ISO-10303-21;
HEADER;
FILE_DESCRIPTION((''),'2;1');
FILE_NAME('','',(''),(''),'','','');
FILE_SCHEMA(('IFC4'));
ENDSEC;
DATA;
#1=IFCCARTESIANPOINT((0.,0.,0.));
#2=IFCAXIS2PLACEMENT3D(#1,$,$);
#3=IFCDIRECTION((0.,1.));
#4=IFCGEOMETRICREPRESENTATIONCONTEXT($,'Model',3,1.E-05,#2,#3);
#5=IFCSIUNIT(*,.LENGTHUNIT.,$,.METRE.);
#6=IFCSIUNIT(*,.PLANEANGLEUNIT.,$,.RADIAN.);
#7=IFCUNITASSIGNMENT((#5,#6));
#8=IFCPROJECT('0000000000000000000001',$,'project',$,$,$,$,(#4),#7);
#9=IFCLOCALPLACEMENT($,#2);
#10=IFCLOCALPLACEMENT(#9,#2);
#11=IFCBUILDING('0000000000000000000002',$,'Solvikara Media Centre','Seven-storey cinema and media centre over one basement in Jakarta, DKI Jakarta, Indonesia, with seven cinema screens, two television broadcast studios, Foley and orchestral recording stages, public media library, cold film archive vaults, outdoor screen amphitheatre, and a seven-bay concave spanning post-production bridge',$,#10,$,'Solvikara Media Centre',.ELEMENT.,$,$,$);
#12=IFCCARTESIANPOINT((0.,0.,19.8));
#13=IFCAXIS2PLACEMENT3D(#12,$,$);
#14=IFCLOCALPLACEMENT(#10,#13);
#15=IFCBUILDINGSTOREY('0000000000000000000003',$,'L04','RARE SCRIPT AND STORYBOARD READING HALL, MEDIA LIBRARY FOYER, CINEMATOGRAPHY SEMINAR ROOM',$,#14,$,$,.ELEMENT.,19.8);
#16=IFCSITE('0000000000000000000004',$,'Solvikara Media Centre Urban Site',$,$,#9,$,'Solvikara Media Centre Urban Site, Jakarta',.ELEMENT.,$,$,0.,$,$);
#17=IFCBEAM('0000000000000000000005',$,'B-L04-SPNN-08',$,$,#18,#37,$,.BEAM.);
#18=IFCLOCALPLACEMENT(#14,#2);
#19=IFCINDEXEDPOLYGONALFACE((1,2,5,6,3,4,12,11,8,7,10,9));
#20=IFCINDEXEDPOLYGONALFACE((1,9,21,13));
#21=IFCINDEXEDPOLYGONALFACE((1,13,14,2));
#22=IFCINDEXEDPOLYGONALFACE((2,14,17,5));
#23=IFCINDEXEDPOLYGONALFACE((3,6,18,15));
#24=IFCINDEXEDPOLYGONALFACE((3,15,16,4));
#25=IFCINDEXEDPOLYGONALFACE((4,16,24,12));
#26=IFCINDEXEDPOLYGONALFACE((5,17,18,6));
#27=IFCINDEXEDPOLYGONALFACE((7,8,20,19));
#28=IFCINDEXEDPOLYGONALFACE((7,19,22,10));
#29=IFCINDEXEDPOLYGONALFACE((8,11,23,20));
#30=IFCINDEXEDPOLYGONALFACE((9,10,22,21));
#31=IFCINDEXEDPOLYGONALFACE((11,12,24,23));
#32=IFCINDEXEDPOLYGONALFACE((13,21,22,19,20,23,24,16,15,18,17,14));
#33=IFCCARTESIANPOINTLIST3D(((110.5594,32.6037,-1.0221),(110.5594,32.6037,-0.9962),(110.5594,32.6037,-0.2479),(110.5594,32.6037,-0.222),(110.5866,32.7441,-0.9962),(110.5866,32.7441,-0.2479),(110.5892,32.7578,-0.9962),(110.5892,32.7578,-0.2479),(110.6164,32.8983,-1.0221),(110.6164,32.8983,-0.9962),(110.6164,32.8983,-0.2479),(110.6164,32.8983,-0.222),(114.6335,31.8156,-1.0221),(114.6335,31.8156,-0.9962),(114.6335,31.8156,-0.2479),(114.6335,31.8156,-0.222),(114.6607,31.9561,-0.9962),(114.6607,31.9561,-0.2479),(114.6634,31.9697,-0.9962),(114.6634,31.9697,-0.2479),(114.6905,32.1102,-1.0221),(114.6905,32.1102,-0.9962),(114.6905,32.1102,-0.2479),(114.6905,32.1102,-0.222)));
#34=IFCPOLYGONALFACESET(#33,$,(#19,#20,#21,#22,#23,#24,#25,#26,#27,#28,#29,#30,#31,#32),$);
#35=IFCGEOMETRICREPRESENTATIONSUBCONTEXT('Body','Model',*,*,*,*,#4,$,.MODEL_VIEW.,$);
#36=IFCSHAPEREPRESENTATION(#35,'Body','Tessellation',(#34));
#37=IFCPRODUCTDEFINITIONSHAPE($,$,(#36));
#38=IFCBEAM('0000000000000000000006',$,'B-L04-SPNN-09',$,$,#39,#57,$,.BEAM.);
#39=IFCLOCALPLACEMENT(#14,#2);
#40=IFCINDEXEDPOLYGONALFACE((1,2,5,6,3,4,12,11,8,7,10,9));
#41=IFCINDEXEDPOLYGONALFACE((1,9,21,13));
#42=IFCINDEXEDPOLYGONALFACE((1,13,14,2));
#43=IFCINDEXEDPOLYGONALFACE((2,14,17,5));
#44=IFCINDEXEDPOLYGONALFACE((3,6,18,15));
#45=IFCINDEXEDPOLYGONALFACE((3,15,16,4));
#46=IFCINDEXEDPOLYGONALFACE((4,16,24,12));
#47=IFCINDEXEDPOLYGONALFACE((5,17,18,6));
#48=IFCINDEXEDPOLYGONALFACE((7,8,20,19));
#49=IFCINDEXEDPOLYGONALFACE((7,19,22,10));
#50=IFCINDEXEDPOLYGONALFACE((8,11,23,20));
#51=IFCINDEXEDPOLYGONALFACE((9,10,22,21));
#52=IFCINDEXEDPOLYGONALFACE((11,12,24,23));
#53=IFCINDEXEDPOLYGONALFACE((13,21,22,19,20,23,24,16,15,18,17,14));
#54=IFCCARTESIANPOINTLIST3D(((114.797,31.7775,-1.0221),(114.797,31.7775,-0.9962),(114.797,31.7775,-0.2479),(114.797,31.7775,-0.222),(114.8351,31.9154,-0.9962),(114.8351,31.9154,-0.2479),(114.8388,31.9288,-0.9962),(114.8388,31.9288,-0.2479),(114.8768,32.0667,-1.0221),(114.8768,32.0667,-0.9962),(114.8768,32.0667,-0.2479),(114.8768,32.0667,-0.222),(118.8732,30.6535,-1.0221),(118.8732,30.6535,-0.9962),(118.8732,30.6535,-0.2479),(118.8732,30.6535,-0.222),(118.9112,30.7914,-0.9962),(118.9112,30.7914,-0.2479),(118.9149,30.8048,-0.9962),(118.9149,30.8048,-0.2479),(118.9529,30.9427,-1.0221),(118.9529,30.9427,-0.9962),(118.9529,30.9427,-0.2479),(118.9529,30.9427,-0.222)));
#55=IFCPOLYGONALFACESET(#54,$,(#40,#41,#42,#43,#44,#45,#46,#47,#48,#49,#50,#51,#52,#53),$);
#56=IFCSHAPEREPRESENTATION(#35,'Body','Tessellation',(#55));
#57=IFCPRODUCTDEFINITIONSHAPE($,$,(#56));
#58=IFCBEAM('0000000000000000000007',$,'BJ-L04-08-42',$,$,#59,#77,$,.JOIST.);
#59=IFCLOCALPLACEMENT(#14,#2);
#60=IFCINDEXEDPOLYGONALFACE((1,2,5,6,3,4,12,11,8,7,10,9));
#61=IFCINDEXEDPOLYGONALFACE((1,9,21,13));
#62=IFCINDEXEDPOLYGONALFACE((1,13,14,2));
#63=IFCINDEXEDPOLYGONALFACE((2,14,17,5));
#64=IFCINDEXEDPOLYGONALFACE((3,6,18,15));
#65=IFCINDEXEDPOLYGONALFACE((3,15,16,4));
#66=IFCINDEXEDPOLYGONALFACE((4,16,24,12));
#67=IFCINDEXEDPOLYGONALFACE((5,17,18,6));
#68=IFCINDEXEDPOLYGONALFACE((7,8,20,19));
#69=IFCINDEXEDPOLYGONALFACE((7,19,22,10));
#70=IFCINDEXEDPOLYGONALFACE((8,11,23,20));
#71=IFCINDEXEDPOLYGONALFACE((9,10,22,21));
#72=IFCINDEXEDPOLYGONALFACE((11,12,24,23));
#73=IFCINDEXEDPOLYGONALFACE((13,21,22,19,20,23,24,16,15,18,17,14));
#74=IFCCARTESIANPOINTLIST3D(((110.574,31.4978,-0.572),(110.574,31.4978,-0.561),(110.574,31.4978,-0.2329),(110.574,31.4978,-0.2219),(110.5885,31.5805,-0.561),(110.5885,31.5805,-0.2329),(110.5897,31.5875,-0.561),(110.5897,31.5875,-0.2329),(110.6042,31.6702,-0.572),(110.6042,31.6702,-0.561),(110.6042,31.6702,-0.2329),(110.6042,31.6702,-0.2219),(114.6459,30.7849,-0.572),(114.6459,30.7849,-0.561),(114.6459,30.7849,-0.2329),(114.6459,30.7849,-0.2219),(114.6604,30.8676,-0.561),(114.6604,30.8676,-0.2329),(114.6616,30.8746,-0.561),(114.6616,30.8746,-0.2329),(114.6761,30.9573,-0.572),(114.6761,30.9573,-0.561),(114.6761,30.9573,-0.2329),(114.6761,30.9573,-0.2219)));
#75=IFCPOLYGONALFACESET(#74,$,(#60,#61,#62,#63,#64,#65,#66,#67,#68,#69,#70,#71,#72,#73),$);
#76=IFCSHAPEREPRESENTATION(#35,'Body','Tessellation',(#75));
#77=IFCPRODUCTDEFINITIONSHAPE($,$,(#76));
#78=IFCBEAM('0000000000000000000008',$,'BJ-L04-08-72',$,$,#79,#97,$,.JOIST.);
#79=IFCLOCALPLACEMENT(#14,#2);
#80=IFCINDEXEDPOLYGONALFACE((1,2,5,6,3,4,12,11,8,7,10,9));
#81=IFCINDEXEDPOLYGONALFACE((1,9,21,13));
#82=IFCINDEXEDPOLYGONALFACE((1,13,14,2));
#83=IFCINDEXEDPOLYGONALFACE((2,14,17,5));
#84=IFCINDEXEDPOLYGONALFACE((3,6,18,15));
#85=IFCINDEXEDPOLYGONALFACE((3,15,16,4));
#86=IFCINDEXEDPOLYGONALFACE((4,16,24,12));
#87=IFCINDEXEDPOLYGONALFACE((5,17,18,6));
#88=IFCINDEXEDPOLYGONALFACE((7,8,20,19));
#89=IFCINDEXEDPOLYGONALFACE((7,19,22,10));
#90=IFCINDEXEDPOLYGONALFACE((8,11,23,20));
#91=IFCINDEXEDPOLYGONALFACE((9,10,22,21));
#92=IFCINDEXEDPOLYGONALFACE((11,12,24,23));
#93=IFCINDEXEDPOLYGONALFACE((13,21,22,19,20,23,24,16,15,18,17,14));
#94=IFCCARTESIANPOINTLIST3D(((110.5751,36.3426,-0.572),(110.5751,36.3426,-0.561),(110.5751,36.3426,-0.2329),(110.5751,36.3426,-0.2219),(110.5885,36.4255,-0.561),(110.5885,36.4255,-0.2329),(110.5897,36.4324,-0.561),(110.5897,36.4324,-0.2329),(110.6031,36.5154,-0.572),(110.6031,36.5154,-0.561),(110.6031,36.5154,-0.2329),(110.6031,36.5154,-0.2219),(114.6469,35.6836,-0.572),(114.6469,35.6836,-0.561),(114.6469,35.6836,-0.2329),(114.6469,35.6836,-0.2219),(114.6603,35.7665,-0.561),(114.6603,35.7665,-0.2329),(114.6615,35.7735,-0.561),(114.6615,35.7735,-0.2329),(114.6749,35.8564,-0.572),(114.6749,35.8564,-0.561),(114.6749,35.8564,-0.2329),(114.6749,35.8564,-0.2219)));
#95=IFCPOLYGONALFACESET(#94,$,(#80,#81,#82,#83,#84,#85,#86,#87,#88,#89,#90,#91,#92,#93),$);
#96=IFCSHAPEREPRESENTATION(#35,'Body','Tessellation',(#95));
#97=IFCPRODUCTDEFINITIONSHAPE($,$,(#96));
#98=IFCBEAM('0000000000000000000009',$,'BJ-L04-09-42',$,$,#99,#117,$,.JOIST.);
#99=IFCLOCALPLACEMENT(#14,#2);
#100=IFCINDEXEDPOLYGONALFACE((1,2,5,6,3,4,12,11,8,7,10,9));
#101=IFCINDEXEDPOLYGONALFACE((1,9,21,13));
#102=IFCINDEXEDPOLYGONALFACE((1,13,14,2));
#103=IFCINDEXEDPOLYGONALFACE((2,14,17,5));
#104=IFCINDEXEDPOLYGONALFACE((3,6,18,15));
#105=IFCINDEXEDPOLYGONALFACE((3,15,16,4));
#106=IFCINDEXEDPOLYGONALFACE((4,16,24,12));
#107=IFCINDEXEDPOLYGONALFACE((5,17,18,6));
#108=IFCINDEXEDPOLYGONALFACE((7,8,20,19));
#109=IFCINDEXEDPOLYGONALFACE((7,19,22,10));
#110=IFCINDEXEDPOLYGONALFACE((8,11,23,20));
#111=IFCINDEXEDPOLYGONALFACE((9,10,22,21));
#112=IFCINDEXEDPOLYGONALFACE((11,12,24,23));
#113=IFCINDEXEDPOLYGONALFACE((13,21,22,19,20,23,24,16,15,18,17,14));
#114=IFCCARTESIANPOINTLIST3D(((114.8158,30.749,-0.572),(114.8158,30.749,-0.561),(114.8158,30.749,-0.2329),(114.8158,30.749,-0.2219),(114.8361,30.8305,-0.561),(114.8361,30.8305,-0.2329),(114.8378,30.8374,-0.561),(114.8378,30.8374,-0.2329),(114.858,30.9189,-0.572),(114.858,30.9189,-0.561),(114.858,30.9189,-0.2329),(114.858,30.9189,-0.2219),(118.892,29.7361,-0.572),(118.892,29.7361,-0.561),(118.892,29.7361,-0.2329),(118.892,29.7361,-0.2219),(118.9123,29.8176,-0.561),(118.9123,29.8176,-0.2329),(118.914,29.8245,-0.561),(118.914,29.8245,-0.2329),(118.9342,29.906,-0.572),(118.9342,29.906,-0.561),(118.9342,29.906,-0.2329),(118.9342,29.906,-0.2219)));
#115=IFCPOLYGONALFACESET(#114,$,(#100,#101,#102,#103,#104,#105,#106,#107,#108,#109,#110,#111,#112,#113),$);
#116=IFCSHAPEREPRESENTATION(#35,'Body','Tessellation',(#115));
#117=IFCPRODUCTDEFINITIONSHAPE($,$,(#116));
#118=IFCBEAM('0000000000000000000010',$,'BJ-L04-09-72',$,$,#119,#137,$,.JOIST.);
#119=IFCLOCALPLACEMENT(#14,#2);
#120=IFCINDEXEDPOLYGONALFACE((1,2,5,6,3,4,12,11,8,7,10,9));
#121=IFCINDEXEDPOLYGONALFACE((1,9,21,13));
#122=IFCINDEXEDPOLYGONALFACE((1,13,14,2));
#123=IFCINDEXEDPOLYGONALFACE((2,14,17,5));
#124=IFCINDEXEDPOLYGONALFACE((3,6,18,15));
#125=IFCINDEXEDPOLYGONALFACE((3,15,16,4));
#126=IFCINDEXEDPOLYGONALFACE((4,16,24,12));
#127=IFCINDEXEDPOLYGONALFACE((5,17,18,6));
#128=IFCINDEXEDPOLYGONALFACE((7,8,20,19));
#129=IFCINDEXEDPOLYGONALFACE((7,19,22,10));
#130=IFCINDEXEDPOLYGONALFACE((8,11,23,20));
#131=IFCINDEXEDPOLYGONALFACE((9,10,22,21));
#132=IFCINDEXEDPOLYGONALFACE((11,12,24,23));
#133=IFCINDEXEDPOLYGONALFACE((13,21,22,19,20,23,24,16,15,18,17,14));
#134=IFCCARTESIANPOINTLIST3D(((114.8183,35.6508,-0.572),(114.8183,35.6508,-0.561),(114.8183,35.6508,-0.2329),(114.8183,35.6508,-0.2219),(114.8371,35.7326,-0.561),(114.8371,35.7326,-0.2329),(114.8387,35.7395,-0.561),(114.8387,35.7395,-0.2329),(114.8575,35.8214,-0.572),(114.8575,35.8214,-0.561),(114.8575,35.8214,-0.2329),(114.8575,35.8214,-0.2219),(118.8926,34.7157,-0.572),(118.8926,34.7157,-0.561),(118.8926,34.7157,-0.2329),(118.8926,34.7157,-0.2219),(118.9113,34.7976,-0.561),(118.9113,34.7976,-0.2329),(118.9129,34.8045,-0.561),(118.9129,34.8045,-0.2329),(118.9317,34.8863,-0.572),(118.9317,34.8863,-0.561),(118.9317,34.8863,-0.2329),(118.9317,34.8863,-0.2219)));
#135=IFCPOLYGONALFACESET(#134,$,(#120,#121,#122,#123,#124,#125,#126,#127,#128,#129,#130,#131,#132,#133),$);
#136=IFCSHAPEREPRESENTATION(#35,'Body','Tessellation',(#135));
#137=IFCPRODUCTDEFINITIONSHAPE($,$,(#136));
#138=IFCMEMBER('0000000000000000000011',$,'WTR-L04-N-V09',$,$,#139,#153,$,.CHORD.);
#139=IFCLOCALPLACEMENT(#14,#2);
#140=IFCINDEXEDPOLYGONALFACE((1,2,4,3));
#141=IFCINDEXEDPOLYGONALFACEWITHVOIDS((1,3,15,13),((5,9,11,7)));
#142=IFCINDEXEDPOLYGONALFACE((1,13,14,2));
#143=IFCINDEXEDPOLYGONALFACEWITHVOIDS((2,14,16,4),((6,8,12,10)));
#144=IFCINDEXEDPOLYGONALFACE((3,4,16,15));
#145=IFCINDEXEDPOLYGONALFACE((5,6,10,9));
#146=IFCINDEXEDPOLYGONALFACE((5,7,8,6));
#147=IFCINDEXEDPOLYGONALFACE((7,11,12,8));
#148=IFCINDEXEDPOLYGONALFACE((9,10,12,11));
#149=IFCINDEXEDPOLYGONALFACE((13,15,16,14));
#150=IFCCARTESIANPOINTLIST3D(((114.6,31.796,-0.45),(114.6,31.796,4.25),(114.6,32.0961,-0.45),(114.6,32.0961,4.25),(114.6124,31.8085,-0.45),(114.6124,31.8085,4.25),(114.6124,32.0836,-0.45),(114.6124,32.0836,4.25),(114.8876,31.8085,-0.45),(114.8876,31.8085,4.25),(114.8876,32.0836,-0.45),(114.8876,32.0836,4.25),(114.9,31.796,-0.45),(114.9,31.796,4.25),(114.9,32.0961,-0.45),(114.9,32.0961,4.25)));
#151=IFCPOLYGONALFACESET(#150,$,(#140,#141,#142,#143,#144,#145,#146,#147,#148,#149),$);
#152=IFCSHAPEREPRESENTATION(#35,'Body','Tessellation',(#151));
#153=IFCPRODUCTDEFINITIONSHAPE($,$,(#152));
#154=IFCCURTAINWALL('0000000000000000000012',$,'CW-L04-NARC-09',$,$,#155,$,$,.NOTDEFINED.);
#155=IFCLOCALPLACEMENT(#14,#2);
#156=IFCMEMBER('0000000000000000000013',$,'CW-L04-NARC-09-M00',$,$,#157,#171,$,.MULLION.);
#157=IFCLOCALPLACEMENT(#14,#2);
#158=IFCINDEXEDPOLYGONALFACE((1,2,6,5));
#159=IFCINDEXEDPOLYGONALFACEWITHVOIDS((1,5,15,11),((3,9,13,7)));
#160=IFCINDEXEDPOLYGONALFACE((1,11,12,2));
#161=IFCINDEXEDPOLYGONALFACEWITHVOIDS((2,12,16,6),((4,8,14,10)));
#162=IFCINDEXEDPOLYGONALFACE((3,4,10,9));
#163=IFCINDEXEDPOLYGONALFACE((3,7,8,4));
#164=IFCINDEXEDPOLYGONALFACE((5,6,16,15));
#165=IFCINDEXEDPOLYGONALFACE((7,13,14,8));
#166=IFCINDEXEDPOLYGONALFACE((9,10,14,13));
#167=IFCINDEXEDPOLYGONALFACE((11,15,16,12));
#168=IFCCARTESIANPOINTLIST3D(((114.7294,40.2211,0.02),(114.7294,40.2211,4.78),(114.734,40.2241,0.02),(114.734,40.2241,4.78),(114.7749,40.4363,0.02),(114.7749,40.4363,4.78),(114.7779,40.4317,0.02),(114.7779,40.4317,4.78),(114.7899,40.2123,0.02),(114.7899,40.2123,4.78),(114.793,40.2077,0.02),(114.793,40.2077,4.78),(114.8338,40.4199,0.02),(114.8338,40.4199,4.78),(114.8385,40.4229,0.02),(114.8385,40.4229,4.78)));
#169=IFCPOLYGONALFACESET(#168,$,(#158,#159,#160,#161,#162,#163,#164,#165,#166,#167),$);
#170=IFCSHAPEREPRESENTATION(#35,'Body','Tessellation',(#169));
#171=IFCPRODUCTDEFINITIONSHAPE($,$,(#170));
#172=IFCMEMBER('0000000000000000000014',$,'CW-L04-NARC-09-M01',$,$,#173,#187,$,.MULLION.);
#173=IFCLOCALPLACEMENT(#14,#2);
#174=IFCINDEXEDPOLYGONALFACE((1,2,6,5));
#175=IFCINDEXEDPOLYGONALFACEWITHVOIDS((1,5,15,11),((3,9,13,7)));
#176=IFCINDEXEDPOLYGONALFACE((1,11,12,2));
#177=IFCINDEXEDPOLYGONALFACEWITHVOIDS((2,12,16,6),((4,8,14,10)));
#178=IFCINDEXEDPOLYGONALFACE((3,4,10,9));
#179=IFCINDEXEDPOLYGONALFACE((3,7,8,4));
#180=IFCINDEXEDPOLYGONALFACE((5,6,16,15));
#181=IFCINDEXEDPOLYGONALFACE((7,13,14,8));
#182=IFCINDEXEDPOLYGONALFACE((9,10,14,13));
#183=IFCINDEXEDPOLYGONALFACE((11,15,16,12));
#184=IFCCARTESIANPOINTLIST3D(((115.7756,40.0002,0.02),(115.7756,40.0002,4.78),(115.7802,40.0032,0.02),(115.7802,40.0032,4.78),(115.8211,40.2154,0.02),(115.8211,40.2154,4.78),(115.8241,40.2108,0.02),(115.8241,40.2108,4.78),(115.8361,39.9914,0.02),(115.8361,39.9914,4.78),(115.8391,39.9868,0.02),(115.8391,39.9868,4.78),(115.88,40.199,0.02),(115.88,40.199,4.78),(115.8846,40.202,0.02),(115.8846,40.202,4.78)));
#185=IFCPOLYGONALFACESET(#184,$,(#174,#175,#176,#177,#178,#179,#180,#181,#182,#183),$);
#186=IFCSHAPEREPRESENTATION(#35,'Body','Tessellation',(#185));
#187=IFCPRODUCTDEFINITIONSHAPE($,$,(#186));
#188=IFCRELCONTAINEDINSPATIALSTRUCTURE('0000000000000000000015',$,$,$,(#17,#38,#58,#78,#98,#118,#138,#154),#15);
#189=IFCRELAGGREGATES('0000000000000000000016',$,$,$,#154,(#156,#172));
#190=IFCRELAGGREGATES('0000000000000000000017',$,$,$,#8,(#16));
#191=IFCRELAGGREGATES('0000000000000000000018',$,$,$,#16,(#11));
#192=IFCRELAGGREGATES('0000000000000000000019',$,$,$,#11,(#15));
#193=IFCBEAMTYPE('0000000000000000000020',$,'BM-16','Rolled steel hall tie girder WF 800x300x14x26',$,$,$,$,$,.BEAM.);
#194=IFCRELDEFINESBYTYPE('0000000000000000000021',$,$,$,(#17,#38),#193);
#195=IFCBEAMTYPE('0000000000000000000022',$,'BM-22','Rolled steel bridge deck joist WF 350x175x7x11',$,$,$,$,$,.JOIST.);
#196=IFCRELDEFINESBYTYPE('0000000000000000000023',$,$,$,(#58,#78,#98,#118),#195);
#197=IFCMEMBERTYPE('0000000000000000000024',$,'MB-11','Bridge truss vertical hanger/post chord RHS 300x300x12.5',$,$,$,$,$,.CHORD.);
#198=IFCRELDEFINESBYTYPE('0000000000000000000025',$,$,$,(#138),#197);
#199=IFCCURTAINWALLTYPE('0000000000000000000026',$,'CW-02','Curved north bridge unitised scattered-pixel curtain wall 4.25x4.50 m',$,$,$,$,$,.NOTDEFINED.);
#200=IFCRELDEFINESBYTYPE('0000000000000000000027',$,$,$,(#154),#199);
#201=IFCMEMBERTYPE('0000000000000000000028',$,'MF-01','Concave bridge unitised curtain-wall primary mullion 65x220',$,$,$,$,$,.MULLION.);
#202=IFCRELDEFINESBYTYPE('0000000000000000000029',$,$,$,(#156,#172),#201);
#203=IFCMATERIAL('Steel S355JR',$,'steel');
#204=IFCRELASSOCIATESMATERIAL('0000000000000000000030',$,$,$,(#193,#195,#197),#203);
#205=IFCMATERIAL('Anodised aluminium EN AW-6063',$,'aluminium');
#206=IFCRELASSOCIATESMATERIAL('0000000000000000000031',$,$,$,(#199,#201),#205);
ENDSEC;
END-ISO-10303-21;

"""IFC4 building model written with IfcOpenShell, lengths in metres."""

from ifc_helpers import new_model, si_unit, direction, frame, origin, origin_2d, place, context, subcontext, project, spatial, hollow_rectangle, i_section, extrude, material, material_profile, profile_set, type_object, element, aggregate, save


model = new_model("IFC4")

# Units and contexts
model_context = context("Model", 3, precision=1e-05, world=origin(), true_north=direction((0.0, 1.0)))
body_context = subcontext(model_context, "Body", "Model", "MODEL_VIEW")
ifc_project = project(units=[si_unit("LENGTHUNIT", "METRE"), si_unit("PLANEANGLEUNIT", "RADIAN")], contexts=[model_context])

# Site, building, storey
site_placement = place(None, origin())
site = spatial("IfcSite", under=ifc_project, at=site_placement, Name="Solvikara Media Centre Urban Site", LongName="Solvikara Media Centre Urban Site, Jakarta", CompositionType="ELEMENT", RefElevation=0.0)
building_placement = place(site_placement, origin())
building = spatial("IfcBuilding", under=site, at=building_placement, Name="Solvikara Media Centre", Description="Seven-storey cinema and media centre over one basement in Jakarta, DKI Jakarta, Indonesia, with seven cinema screens, two television broadcast studios, Foley and orchestral recording stages, public media library, cold film archive vaults, outdoor screen amphitheatre, and a seven-bay concave spanning post-production bridge", LongName="Solvikara Media Centre", CompositionType="ELEMENT")
storey_placement = place(building_placement, frame((0.0, 0.0, 19.8)))
storey = spatial("IfcBuildingStorey", under=building, at=storey_placement, Name="L04", Description="RARE SCRIPT AND STORYBOARD READING HALL, MEDIA LIBRARY FOYER, CINEMATOGRAPHY SEMINAR ROOM", CompositionType="ELEMENT", Elevation=19.8)

# Beams
ifc_material_1 = material(Name="Steel S355JR", Category="steel")
ifc_material_profile_1 = material_profile(ifc_material_1, i_section(OverallWidth=0.3, OverallDepth=0.8, WebThickness=0.0139, FlangeThickness=0.0259, at=origin_2d()), Name="WF 800x300x14x26")
ifc_profile_set_1 = profile_set([ifc_material_profile_1], Name="Steel S355JR")
beam_type_1 = type_object("IfcBeamType", Name="BM-16", Description="Rolled steel hall tie girder WF 800x300x14x26", PredefinedType="BEAM", material=ifc_profile_set_1)
beam_1_placement = place(storey_placement, frame((110.5879, 32.751, -0.6221), z_axis=(0.981801, -0.189912, 0.0), x_axis=(0.189912, 0.981801, 0.0)))
element("IfcBeam", 1, at=beam_1_placement, inside=storey, type_object=beam_type_1, Name="B-L04-SPNN-08", PredefinedType="BEAM", context=body_context, shape_type="SweptSolid", body=[
    extrude(i_section(OverallWidth=0.3, OverallDepth=0.8, WebThickness=0.0139, FlangeThickness=0.0259, at=origin_2d()), origin(), (0.0, 0.0, 1.0), 4.1497),
])
beam_2_placement = place(storey_placement, frame((114.8369, 31.9221, -0.6221), z_axis=(0.964019, -0.265833, 0.0), x_axis=(0.265833, 0.964019, 0.0)))
element("IfcBeam", 2, at=beam_2_placement, inside=storey, type_object=beam_type_1, Name="B-L04-SPNN-09", PredefinedType="BEAM", context=body_context, shape_type="SweptSolid", body=[
    extrude(i_section(OverallWidth=0.3, OverallDepth=0.8, WebThickness=0.0139, FlangeThickness=0.0259, at=origin_2d()), origin(), (0.0, 0.0, 1.0), 4.2283),
])
ifc_material_profile_2 = material_profile(ifc_material_1, i_section(OverallWidth=0.175, OverallDepth=0.3501, WebThickness=0.0071, FlangeThickness=0.011, at=origin_2d()), Name="WF 350x175x7x11")
ifc_profile_set_2 = profile_set([ifc_material_profile_2], Name="Steel S355JR")
beam_type_2 = type_object("IfcBeamType", Name="BM-22", Description="Rolled steel bridge deck joist WF 350x175x7x11", PredefinedType="JOIST", material=ifc_profile_set_2)
beam_3_placement = place(storey_placement, frame((110.5891, 31.584, -0.397), z_axis=(0.985017, -0.172458, 0.0), x_axis=(0.172458, 0.985017, 0.0)))
element("IfcBeam", 3, at=beam_3_placement, inside=storey, type_object=beam_type_2, Name="BJ-L04-08-42", PredefinedType="JOIST", context=body_context, shape_type="SweptSolid", body=[
    extrude(i_section(OverallWidth=0.175, OverallDepth=0.3501, WebThickness=0.0071, FlangeThickness=0.011, at=origin_2d()), origin(), (0.0, 0.0, 1.0), 4.1338),
])
beam_4_placement = place(storey_placement, frame((110.5891, 36.429, -0.397), z_axis=(0.987157, -0.159752, 0.0), x_axis=(0.159752, 0.987157, 0.0)))
element("IfcBeam", 4, at=beam_4_placement, inside=storey, type_object=beam_type_2, Name="BJ-L04-08-72", PredefinedType="JOIST", context=body_context, shape_type="SweptSolid", body=[
    extrude(i_section(OverallWidth=0.175, OverallDepth=0.3501, WebThickness=0.0071, FlangeThickness=0.011, at=origin_2d()), origin(), (0.0, 0.0, 1.0), 4.1248),
])
beam_5_placement = place(storey_placement, frame((114.8369, 30.834, -0.397), z_axis=(0.970483, -0.241168, 0.0), x_axis=(0.241168, 0.970483, 0.0)))
element("IfcBeam", 5, at=beam_5_placement, inside=storey, type_object=beam_type_2, Name="BJ-L04-09-42", PredefinedType="JOIST", context=body_context, shape_type="SweptSolid", body=[
    extrude(i_section(OverallWidth=0.175, OverallDepth=0.3501, WebThickness=0.0071, FlangeThickness=0.011, at=origin_2d()), origin(), (0.0, 0.0, 1.0), 4.2002),
])
beam_6_placement = place(storey_placement, frame((114.8379, 35.7361, -0.397), z_axis=(0.97466, -0.223691, 0.0), x_axis=(0.223691, 0.97466, 0.0)))
element("IfcBeam", 6, at=beam_6_placement, inside=storey, type_object=beam_type_2, Name="BJ-L04-09-72", PredefinedType="JOIST", context=body_context, shape_type="SweptSolid", body=[
    extrude(i_section(OverallWidth=0.175, OverallDepth=0.3501, WebThickness=0.0071, FlangeThickness=0.011, at=origin_2d()), origin(), (0.0, 0.0, 1.0), 4.1802),
])

# Member
ifc_material_profile_3 = material_profile(ifc_material_1, hollow_rectangle(XDim=0.3, YDim=0.3, WallThickness=0.0125, at=origin_2d()), Name="RHS 300x300x12.5")
ifc_profile_set_3 = profile_set([ifc_material_profile_3], Name="Steel S355JR")
member_type_1 = type_object("IfcMemberType", Name="MB-11", Description="Bridge truss vertical hanger/post chord RHS 300x300x12.5", PredefinedType="CHORD", material=ifc_profile_set_3)
member_1_placement = place(storey_placement, frame((114.75, 31.946, -0.45), z_axis=(0.0, 0.0, 1.0), x_axis=(1.0, 0.0, 0.0)))
element("IfcMember", 7, at=member_1_placement, inside=storey, type_object=member_type_1, Name="WTR-L04-N-V09", PredefinedType="CHORD", context=body_context, shape_type="SweptSolid", body=[
    extrude(hollow_rectangle(XDim=0.3, YDim=0.3, WallThickness=0.0125, at=origin_2d()), origin(), (0.0, 0.0, 1.0), 4.7),
])

# Curtain wall, members
ifc_material_2 = material(Name="Anodised aluminium EN AW-6063", Category="aluminium")
curtain_wall_type = type_object("IfcCurtainWallType", Name="CW-02", Description="Curved north bridge unitised scattered-pixel curtain wall 4.25x4.50 m", PredefinedType="NOTDEFINED", material=ifc_material_2)
curtain_wall_placement = place(storey_placement, origin())
curtain_wall = element("IfcCurtainWall", 8, at=curtain_wall_placement, inside=storey, type_object=curtain_wall_type, Name="CW-L04-NARC-09", PredefinedType="NOTDEFINED")
ifc_material_profile_4 = material_profile(ifc_material_2, hollow_rectangle(XDim=0.0649, YDim=0.22, WallThickness=0.0039, at=origin_2d()), Name="ALU-M 65x220x4")
ifc_profile_set_4 = profile_set([ifc_material_profile_4], Name="Anodised aluminium EN AW-6063")
member_type_2 = type_object("IfcMemberType", Name="MF-01", Description="Concave bridge unitised curtain-wall primary mullion 65x220", PredefinedType="MULLION", material=ifc_profile_set_4)
member_2_placement = place(storey_placement, frame((114.7839, 40.322, 0.02), z_axis=(0.0, 0.0, 1.0), x_axis=(0.978379, -0.206819, 0.0)))
member_2 = element("IfcMember", 9, at=member_2_placement, type_object=member_type_2, Name="CW-L04-NARC-09-M00", PredefinedType="MULLION", context=body_context, shape_type="SweptSolid", body=[
    extrude(hollow_rectangle(XDim=0.0649, YDim=0.22, WallThickness=0.0039, at=origin_2d()), origin(), (0.0, 0.0, 1.0), 4.76),
])
member_3_placement = place(storey_placement, frame((115.8301, 40.1011, 0.02), z_axis=(0.0, 0.0, 1.0), x_axis=(0.978379, -0.206819, 0.0)))
member_3 = element("IfcMember", 10, at=member_3_placement, type_object=member_type_2, Name="CW-L04-NARC-09-M01", PredefinedType="MULLION", context=body_context, shape_type="SweptSolid", body=[
    extrude(hollow_rectangle(XDim=0.0649, YDim=0.22, WallThickness=0.0039, at=origin_2d()), origin(), (0.0, 0.0, 1.0), 4.76),
])

aggregate(curtain_wall, [member_2, member_3])

save(model, "model.ifc")
